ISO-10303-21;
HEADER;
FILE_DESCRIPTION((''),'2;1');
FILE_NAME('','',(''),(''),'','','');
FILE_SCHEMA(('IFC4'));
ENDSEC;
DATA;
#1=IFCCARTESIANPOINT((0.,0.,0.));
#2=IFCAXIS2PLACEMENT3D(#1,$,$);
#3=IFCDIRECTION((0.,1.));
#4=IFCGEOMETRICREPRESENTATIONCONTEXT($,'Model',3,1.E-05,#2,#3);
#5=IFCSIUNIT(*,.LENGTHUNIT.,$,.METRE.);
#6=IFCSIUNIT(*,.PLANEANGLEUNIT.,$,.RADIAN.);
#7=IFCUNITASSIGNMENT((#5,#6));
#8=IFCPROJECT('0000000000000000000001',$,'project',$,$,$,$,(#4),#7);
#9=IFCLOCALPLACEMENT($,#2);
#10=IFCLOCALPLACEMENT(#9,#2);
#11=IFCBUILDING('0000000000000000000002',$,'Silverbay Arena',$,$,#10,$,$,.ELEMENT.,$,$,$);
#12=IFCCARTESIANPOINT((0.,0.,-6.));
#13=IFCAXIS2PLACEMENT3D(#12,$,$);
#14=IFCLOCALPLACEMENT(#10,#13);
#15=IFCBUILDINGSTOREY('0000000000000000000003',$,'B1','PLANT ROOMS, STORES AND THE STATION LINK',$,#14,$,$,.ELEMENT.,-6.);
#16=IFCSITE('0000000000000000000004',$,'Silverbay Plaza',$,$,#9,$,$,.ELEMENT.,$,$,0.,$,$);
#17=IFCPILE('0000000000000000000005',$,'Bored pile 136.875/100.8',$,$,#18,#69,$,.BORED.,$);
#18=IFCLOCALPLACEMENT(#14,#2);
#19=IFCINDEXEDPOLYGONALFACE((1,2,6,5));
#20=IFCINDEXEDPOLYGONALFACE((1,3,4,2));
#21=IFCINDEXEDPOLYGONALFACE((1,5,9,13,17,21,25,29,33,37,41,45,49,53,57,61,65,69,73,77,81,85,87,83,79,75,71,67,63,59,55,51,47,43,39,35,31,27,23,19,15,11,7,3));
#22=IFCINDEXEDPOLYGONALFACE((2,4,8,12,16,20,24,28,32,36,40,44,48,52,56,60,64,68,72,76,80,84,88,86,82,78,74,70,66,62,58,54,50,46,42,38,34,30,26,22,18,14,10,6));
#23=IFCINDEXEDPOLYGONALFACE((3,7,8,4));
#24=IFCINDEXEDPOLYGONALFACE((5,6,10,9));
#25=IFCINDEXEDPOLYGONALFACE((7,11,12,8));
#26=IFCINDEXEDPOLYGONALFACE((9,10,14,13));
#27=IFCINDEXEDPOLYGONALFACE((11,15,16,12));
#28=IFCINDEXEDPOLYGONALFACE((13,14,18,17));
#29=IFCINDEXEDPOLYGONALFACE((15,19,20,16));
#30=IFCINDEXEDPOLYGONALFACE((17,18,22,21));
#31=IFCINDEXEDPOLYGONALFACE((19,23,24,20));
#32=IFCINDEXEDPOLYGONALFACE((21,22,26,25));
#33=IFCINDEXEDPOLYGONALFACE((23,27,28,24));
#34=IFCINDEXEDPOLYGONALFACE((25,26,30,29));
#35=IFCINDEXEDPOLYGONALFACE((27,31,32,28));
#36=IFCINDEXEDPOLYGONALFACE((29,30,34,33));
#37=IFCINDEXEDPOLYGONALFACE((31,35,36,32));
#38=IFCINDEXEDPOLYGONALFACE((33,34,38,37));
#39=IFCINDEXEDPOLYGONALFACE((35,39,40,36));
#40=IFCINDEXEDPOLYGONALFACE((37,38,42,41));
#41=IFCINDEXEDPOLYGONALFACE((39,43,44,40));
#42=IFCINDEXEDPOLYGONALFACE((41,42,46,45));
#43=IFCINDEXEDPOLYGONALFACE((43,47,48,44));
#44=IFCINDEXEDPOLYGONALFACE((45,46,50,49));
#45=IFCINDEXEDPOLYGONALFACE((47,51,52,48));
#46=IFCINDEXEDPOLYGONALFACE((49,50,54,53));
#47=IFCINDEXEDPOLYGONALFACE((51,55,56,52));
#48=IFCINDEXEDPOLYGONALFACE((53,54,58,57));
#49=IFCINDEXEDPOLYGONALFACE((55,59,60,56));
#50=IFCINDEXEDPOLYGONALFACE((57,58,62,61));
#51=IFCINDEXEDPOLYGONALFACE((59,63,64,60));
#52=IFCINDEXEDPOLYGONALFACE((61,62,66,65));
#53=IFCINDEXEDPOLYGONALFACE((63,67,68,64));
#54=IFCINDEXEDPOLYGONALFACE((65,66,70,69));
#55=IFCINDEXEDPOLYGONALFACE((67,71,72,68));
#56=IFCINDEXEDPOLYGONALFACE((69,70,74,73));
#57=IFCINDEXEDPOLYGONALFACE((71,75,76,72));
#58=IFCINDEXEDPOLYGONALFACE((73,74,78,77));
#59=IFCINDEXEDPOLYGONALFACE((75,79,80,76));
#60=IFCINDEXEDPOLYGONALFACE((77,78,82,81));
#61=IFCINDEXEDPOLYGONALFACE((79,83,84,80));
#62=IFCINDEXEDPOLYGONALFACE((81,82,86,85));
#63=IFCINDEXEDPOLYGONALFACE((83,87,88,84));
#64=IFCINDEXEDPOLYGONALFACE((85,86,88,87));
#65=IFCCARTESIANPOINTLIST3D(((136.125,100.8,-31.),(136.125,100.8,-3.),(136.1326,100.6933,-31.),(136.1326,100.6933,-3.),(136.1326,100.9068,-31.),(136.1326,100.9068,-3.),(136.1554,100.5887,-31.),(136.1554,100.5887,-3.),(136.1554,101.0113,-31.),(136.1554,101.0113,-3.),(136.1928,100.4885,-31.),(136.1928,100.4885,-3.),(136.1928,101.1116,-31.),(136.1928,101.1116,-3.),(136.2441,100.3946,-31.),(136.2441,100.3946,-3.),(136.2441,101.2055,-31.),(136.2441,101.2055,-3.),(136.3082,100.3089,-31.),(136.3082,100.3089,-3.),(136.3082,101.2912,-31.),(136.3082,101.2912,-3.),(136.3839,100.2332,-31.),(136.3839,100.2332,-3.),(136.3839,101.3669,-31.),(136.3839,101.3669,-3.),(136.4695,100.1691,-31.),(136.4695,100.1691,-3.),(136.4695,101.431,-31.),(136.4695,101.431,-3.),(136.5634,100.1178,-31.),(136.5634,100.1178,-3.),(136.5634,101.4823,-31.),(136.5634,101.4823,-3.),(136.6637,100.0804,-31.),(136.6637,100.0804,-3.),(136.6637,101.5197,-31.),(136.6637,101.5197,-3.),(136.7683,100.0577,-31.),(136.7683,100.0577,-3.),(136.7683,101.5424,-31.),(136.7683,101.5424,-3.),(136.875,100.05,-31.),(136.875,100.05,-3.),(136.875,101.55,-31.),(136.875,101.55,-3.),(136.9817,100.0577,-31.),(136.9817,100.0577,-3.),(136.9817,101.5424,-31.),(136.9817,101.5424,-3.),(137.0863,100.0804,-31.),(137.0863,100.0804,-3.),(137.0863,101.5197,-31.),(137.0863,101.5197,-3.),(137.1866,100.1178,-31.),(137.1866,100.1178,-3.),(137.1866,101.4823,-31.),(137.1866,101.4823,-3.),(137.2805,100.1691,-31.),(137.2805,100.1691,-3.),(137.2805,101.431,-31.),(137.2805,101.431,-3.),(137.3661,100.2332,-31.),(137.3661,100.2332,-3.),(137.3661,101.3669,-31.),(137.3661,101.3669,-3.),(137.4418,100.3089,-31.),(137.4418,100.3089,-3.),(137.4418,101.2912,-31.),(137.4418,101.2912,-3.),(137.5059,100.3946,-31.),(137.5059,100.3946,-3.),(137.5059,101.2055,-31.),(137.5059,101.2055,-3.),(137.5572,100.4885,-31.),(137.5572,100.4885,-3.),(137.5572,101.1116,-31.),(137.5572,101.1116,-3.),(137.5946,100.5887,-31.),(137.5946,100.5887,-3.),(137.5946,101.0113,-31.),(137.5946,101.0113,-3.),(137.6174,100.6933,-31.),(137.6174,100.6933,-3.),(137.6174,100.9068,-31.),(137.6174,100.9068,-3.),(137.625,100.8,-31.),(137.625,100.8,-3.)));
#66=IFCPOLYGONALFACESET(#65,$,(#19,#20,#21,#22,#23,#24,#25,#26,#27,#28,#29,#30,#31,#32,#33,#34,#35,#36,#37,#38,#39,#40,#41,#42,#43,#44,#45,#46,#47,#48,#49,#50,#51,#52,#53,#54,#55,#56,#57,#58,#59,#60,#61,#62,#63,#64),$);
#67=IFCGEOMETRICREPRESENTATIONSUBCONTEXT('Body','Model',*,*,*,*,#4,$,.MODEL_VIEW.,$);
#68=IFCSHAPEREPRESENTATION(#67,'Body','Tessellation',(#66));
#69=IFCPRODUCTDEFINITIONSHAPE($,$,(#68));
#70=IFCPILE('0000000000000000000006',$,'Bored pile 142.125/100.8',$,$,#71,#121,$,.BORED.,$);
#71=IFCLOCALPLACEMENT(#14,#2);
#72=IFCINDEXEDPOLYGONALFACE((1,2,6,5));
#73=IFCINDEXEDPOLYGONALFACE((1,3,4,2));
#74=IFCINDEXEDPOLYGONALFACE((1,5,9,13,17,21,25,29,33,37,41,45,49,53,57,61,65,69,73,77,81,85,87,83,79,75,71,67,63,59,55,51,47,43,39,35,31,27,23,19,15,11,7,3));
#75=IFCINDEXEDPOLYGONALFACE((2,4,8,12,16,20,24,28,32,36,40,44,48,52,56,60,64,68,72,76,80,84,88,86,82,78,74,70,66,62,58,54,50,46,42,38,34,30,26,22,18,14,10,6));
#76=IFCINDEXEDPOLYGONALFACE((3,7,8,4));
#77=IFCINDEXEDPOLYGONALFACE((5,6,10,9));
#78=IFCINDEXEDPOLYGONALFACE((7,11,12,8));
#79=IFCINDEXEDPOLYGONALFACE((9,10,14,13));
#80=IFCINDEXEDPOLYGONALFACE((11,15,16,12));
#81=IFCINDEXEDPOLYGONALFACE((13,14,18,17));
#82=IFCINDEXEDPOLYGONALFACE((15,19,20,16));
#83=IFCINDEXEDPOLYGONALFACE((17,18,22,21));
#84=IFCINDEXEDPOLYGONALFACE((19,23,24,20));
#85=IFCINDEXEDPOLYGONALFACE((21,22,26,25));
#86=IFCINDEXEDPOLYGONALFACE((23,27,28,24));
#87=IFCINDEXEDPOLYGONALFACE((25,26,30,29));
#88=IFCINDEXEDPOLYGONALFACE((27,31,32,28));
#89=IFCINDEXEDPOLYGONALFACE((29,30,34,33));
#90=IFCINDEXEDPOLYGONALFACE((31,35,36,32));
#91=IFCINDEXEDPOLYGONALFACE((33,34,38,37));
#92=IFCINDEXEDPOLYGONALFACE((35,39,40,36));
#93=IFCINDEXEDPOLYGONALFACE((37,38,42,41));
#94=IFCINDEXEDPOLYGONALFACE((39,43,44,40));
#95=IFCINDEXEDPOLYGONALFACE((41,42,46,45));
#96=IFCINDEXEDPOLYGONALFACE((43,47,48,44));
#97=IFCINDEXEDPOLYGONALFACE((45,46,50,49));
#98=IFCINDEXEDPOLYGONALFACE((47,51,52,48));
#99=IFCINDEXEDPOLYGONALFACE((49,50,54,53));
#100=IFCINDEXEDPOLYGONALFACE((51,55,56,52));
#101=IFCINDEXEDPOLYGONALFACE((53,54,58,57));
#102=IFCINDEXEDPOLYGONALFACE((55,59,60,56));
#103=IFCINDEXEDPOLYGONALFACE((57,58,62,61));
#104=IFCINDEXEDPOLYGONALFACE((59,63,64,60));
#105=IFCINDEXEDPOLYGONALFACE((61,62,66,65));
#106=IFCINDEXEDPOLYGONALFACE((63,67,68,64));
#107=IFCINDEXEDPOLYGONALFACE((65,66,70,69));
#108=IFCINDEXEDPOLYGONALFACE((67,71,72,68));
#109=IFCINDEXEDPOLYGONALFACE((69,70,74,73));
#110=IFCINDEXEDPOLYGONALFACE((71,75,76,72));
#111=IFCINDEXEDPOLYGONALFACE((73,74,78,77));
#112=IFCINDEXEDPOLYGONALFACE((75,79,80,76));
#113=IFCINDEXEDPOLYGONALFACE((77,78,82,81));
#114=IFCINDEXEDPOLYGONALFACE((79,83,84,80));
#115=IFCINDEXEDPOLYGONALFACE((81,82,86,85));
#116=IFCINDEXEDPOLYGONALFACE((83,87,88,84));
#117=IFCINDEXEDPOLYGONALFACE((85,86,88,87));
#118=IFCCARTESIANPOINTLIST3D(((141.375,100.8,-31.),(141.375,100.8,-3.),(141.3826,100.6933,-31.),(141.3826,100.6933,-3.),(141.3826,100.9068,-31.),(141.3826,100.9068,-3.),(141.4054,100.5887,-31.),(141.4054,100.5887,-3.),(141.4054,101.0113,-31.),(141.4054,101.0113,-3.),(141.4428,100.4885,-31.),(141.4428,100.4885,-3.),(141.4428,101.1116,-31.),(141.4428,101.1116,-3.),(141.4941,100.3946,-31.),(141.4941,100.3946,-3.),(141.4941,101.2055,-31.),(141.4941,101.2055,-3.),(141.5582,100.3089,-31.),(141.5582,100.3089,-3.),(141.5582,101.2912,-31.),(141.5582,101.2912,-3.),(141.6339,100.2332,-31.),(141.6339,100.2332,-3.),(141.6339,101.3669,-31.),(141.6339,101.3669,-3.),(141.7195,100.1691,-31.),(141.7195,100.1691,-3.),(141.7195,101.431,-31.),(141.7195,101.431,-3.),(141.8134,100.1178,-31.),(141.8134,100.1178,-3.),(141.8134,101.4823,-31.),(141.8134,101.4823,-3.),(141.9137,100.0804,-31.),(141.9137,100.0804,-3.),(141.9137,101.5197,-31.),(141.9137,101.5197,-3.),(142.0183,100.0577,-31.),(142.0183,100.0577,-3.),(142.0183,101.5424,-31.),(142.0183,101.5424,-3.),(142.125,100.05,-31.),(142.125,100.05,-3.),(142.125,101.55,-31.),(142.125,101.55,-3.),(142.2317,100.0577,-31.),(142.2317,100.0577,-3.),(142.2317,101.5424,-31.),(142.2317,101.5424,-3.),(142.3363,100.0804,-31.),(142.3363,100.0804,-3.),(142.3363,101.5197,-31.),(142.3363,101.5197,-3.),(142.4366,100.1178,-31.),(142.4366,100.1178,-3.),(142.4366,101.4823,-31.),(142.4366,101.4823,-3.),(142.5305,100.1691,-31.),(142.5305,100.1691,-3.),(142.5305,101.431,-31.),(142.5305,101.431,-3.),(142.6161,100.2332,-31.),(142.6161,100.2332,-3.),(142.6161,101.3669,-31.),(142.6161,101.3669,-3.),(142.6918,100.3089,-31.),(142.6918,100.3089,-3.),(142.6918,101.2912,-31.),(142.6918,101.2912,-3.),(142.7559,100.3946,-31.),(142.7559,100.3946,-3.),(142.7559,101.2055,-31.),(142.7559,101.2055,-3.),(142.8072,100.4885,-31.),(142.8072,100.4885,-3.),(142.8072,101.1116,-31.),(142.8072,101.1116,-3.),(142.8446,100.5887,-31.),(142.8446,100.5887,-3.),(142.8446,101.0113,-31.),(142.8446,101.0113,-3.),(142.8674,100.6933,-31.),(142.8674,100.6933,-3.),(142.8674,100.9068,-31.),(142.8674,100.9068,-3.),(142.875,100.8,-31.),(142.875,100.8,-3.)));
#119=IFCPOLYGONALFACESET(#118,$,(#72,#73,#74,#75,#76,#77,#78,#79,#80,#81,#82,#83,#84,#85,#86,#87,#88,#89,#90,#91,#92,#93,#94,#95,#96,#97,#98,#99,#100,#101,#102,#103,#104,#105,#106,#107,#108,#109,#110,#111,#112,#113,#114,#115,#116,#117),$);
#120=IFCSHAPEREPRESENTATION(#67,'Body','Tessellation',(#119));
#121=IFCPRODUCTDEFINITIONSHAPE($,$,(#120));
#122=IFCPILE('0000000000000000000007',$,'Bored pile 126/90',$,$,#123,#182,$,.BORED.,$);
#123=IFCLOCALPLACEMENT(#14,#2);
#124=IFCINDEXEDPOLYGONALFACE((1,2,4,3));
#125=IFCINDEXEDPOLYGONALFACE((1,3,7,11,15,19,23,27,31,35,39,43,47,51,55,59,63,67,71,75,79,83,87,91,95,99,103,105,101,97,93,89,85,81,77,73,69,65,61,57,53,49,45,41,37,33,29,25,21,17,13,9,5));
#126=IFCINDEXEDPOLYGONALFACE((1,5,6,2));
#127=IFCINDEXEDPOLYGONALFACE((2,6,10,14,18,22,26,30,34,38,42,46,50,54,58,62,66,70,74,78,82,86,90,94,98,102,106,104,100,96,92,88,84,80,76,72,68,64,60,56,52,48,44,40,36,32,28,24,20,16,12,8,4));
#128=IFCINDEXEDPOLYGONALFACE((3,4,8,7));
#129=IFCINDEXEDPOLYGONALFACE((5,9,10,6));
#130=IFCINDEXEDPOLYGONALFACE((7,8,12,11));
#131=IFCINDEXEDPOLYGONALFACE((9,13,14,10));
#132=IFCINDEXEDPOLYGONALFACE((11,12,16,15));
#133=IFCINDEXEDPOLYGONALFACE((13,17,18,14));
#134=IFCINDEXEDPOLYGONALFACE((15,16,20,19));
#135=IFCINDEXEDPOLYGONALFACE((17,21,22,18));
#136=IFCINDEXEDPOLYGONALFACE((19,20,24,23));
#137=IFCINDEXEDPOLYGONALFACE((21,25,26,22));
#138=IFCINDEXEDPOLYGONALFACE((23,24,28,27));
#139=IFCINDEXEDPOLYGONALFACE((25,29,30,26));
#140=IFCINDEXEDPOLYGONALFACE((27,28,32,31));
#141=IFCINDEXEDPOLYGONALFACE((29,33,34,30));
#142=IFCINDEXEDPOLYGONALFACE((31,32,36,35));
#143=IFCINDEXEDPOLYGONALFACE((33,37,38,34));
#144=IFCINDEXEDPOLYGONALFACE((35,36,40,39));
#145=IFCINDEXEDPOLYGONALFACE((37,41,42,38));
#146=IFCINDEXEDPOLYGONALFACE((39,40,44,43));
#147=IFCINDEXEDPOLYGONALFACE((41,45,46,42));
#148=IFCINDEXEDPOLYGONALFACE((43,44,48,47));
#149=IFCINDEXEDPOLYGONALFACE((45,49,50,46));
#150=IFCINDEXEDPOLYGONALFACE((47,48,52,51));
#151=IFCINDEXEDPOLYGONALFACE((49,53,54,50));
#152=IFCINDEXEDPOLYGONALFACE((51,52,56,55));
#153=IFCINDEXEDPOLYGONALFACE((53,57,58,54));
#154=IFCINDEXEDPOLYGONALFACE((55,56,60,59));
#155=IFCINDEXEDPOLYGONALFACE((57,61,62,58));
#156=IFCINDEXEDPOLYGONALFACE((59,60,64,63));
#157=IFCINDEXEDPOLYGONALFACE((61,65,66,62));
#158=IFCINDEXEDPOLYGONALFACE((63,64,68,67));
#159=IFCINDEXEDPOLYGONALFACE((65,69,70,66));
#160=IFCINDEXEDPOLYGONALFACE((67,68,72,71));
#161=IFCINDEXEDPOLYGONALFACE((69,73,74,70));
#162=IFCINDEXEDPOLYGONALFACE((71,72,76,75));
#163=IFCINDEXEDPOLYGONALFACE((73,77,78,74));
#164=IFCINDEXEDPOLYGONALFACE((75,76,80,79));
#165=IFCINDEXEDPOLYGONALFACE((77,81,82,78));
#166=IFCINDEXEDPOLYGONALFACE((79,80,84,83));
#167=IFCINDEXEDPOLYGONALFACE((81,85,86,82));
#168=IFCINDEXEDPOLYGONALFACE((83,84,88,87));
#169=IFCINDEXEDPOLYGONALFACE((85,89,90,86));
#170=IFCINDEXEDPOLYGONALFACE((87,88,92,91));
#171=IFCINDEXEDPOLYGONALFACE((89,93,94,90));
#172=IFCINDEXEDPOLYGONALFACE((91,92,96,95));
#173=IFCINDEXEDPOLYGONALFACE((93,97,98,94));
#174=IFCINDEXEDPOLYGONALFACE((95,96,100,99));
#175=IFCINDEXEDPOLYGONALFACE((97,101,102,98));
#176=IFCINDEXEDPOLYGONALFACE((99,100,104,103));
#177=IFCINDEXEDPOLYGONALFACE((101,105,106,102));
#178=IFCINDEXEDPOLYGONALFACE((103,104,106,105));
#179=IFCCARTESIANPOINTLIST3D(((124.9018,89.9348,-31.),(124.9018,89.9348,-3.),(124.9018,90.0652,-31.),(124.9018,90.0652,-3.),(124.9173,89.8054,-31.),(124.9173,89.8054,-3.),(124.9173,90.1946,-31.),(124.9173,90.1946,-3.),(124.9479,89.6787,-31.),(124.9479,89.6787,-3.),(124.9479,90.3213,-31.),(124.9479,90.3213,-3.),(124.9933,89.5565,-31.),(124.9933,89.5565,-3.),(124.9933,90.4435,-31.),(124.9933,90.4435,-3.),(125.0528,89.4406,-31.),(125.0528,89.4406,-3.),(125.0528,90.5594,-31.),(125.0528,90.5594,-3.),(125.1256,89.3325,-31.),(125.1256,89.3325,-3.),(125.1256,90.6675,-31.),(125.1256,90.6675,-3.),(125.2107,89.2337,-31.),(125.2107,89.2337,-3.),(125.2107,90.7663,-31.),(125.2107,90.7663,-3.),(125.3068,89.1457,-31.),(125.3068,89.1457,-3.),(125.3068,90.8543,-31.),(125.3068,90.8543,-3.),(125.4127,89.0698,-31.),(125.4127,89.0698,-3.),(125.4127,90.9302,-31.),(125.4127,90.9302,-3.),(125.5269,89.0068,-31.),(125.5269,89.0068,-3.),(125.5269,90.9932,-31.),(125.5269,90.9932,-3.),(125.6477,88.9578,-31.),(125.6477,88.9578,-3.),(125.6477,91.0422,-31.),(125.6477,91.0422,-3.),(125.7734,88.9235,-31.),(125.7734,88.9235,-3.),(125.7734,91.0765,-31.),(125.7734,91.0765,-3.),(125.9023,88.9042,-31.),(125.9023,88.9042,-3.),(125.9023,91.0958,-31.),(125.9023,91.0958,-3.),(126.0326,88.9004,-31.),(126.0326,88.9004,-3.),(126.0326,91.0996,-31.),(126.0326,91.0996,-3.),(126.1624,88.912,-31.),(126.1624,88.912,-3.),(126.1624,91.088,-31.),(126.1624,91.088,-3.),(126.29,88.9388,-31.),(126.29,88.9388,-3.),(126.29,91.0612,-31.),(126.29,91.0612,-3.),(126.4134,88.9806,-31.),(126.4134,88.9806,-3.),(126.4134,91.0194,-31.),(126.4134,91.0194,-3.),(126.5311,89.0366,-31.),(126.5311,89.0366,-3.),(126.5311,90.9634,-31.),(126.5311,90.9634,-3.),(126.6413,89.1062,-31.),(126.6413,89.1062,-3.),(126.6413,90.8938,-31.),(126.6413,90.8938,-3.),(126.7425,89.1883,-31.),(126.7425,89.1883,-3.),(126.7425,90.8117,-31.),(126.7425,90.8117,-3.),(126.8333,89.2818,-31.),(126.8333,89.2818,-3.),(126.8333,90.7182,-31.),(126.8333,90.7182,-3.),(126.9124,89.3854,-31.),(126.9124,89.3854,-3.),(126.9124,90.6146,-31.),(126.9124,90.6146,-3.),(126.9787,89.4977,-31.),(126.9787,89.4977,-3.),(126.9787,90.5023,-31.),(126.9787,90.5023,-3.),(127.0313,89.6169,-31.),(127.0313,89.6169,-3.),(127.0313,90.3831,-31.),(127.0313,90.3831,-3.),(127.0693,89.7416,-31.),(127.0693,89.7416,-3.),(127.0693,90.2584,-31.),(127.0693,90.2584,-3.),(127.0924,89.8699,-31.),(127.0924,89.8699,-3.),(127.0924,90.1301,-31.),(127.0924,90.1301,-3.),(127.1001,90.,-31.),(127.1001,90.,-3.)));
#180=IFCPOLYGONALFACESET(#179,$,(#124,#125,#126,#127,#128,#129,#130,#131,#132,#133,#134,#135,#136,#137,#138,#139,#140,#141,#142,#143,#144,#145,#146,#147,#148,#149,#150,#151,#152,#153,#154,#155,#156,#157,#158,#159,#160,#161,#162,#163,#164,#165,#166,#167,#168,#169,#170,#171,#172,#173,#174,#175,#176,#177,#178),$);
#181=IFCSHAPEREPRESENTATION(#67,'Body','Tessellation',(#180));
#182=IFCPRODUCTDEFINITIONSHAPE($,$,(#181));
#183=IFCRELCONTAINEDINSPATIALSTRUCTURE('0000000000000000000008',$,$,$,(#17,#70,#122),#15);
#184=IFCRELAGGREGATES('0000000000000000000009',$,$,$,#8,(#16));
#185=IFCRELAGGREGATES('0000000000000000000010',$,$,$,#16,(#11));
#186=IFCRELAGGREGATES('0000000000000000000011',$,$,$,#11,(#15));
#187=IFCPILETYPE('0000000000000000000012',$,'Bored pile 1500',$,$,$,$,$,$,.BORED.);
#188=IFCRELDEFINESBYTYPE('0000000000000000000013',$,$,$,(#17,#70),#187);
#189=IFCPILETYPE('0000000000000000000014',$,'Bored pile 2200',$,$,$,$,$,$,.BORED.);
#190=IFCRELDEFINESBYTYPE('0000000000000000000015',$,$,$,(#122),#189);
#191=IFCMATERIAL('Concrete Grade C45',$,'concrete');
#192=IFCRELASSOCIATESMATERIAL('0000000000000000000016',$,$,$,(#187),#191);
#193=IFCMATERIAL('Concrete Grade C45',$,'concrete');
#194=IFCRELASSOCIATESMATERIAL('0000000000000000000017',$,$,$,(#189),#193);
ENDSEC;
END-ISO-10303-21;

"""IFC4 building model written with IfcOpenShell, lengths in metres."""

from ifc_helpers import new_model, si_unit, direction, frame, origin, origin_2d, place, context, subcontext, project, spatial, circle, extrude, material, material_profile, profile_set, type_object, element, save


model = new_model("IFC4")

# Units and contexts
model_context = context("Model", 3, precision=1e-05, world=origin(), true_north=direction((0.0, 1.0)))
body_context = subcontext(model_context, "Body", "Model", "MODEL_VIEW")
ifc_project = project(units=[si_unit("LENGTHUNIT", "METRE"), si_unit("PLANEANGLEUNIT", "RADIAN")], contexts=[model_context])

# Site, building, storey
site_placement = place(None, origin())
site = spatial("IfcSite", under=ifc_project, at=site_placement, Name="Silverbay Plaza", CompositionType="ELEMENT", RefElevation=0.0)
building_placement = place(site_placement, origin())
building = spatial("IfcBuilding", under=site, at=building_placement, Name="Silverbay Arena", CompositionType="ELEMENT")
storey_placement = place(building_placement, frame((0.0, 0.0, -6.0)))
storey = spatial("IfcBuildingStorey", under=building, at=storey_placement, Name="B1", Description="PLANT ROOMS, STORES AND THE STATION LINK", CompositionType="ELEMENT", Elevation=-6.0)

# Piles
ifc_material_1 = material(Name="Concrete Grade C45", Category="concrete")
ifc_material_profile_1 = material_profile(ifc_material_1, circle(Radius=0.75, at=origin_2d()), Name="Bored pile 1500")
ifc_profile_set_1 = profile_set([ifc_material_profile_1], Name="Concrete Grade C45")
pile_type_1 = type_object("IfcPileType", Name="Bored pile 1500", PredefinedType="BORED", material=ifc_profile_set_1)
for number, where, z_axis, x_axis, name in (
    (1, (136.875, 100.8, -3.0), (0.0, 0.0, -1.0), (1.0, 0.0, 0.0), "Bored pile 136.875/100.8"),
    (2, (142.125, 100.8, -3.0), (0.0, 0.0, -1.0), (1.0, 0.0, 0.0), "Bored pile 142.125/100.8"),
):
    element("IfcPile", number, at=place(storey_placement, frame(where, z_axis=z_axis, x_axis=x_axis)), inside=storey, type_object=pile_type_1, Name=name, PredefinedType="BORED", context=body_context, shape_type="SweptSolid", body=[
        extrude(circle(Radius=0.75, at=origin_2d()), origin(), (0.0, 0.0, 1.0), 28.0),
    ])
ifc_material_2 = material(Name="Concrete Grade C45", Category="concrete")
ifc_material_profile_2 = material_profile(ifc_material_2, circle(Radius=1.1001, at=origin_2d()), Name="Bored pile 2200")
ifc_profile_set_2 = profile_set([ifc_material_profile_2], Name="Concrete Grade C45")
pile_type_2 = type_object("IfcPileType", Name="Bored pile 2200", PredefinedType="BORED", material=ifc_profile_set_2)
for number, where, z_axis, x_axis, name in (
    (3, (126.0, 90.0, -3.0), (0.0, 0.0, -1.0), (1.0, 0.0, 0.0), "Bored pile 126/90"),
):
    element("IfcPile", number, at=place(storey_placement, frame(where, z_axis=z_axis, x_axis=x_axis)), inside=storey, type_object=pile_type_2, Name=name, PredefinedType="BORED", context=body_context, shape_type="SweptSolid", body=[
        extrude(circle(Radius=1.1001, at=origin_2d()), origin(), (0.0, 0.0, 1.0), 28.0),
    ])

save(model, "model.ifc")
